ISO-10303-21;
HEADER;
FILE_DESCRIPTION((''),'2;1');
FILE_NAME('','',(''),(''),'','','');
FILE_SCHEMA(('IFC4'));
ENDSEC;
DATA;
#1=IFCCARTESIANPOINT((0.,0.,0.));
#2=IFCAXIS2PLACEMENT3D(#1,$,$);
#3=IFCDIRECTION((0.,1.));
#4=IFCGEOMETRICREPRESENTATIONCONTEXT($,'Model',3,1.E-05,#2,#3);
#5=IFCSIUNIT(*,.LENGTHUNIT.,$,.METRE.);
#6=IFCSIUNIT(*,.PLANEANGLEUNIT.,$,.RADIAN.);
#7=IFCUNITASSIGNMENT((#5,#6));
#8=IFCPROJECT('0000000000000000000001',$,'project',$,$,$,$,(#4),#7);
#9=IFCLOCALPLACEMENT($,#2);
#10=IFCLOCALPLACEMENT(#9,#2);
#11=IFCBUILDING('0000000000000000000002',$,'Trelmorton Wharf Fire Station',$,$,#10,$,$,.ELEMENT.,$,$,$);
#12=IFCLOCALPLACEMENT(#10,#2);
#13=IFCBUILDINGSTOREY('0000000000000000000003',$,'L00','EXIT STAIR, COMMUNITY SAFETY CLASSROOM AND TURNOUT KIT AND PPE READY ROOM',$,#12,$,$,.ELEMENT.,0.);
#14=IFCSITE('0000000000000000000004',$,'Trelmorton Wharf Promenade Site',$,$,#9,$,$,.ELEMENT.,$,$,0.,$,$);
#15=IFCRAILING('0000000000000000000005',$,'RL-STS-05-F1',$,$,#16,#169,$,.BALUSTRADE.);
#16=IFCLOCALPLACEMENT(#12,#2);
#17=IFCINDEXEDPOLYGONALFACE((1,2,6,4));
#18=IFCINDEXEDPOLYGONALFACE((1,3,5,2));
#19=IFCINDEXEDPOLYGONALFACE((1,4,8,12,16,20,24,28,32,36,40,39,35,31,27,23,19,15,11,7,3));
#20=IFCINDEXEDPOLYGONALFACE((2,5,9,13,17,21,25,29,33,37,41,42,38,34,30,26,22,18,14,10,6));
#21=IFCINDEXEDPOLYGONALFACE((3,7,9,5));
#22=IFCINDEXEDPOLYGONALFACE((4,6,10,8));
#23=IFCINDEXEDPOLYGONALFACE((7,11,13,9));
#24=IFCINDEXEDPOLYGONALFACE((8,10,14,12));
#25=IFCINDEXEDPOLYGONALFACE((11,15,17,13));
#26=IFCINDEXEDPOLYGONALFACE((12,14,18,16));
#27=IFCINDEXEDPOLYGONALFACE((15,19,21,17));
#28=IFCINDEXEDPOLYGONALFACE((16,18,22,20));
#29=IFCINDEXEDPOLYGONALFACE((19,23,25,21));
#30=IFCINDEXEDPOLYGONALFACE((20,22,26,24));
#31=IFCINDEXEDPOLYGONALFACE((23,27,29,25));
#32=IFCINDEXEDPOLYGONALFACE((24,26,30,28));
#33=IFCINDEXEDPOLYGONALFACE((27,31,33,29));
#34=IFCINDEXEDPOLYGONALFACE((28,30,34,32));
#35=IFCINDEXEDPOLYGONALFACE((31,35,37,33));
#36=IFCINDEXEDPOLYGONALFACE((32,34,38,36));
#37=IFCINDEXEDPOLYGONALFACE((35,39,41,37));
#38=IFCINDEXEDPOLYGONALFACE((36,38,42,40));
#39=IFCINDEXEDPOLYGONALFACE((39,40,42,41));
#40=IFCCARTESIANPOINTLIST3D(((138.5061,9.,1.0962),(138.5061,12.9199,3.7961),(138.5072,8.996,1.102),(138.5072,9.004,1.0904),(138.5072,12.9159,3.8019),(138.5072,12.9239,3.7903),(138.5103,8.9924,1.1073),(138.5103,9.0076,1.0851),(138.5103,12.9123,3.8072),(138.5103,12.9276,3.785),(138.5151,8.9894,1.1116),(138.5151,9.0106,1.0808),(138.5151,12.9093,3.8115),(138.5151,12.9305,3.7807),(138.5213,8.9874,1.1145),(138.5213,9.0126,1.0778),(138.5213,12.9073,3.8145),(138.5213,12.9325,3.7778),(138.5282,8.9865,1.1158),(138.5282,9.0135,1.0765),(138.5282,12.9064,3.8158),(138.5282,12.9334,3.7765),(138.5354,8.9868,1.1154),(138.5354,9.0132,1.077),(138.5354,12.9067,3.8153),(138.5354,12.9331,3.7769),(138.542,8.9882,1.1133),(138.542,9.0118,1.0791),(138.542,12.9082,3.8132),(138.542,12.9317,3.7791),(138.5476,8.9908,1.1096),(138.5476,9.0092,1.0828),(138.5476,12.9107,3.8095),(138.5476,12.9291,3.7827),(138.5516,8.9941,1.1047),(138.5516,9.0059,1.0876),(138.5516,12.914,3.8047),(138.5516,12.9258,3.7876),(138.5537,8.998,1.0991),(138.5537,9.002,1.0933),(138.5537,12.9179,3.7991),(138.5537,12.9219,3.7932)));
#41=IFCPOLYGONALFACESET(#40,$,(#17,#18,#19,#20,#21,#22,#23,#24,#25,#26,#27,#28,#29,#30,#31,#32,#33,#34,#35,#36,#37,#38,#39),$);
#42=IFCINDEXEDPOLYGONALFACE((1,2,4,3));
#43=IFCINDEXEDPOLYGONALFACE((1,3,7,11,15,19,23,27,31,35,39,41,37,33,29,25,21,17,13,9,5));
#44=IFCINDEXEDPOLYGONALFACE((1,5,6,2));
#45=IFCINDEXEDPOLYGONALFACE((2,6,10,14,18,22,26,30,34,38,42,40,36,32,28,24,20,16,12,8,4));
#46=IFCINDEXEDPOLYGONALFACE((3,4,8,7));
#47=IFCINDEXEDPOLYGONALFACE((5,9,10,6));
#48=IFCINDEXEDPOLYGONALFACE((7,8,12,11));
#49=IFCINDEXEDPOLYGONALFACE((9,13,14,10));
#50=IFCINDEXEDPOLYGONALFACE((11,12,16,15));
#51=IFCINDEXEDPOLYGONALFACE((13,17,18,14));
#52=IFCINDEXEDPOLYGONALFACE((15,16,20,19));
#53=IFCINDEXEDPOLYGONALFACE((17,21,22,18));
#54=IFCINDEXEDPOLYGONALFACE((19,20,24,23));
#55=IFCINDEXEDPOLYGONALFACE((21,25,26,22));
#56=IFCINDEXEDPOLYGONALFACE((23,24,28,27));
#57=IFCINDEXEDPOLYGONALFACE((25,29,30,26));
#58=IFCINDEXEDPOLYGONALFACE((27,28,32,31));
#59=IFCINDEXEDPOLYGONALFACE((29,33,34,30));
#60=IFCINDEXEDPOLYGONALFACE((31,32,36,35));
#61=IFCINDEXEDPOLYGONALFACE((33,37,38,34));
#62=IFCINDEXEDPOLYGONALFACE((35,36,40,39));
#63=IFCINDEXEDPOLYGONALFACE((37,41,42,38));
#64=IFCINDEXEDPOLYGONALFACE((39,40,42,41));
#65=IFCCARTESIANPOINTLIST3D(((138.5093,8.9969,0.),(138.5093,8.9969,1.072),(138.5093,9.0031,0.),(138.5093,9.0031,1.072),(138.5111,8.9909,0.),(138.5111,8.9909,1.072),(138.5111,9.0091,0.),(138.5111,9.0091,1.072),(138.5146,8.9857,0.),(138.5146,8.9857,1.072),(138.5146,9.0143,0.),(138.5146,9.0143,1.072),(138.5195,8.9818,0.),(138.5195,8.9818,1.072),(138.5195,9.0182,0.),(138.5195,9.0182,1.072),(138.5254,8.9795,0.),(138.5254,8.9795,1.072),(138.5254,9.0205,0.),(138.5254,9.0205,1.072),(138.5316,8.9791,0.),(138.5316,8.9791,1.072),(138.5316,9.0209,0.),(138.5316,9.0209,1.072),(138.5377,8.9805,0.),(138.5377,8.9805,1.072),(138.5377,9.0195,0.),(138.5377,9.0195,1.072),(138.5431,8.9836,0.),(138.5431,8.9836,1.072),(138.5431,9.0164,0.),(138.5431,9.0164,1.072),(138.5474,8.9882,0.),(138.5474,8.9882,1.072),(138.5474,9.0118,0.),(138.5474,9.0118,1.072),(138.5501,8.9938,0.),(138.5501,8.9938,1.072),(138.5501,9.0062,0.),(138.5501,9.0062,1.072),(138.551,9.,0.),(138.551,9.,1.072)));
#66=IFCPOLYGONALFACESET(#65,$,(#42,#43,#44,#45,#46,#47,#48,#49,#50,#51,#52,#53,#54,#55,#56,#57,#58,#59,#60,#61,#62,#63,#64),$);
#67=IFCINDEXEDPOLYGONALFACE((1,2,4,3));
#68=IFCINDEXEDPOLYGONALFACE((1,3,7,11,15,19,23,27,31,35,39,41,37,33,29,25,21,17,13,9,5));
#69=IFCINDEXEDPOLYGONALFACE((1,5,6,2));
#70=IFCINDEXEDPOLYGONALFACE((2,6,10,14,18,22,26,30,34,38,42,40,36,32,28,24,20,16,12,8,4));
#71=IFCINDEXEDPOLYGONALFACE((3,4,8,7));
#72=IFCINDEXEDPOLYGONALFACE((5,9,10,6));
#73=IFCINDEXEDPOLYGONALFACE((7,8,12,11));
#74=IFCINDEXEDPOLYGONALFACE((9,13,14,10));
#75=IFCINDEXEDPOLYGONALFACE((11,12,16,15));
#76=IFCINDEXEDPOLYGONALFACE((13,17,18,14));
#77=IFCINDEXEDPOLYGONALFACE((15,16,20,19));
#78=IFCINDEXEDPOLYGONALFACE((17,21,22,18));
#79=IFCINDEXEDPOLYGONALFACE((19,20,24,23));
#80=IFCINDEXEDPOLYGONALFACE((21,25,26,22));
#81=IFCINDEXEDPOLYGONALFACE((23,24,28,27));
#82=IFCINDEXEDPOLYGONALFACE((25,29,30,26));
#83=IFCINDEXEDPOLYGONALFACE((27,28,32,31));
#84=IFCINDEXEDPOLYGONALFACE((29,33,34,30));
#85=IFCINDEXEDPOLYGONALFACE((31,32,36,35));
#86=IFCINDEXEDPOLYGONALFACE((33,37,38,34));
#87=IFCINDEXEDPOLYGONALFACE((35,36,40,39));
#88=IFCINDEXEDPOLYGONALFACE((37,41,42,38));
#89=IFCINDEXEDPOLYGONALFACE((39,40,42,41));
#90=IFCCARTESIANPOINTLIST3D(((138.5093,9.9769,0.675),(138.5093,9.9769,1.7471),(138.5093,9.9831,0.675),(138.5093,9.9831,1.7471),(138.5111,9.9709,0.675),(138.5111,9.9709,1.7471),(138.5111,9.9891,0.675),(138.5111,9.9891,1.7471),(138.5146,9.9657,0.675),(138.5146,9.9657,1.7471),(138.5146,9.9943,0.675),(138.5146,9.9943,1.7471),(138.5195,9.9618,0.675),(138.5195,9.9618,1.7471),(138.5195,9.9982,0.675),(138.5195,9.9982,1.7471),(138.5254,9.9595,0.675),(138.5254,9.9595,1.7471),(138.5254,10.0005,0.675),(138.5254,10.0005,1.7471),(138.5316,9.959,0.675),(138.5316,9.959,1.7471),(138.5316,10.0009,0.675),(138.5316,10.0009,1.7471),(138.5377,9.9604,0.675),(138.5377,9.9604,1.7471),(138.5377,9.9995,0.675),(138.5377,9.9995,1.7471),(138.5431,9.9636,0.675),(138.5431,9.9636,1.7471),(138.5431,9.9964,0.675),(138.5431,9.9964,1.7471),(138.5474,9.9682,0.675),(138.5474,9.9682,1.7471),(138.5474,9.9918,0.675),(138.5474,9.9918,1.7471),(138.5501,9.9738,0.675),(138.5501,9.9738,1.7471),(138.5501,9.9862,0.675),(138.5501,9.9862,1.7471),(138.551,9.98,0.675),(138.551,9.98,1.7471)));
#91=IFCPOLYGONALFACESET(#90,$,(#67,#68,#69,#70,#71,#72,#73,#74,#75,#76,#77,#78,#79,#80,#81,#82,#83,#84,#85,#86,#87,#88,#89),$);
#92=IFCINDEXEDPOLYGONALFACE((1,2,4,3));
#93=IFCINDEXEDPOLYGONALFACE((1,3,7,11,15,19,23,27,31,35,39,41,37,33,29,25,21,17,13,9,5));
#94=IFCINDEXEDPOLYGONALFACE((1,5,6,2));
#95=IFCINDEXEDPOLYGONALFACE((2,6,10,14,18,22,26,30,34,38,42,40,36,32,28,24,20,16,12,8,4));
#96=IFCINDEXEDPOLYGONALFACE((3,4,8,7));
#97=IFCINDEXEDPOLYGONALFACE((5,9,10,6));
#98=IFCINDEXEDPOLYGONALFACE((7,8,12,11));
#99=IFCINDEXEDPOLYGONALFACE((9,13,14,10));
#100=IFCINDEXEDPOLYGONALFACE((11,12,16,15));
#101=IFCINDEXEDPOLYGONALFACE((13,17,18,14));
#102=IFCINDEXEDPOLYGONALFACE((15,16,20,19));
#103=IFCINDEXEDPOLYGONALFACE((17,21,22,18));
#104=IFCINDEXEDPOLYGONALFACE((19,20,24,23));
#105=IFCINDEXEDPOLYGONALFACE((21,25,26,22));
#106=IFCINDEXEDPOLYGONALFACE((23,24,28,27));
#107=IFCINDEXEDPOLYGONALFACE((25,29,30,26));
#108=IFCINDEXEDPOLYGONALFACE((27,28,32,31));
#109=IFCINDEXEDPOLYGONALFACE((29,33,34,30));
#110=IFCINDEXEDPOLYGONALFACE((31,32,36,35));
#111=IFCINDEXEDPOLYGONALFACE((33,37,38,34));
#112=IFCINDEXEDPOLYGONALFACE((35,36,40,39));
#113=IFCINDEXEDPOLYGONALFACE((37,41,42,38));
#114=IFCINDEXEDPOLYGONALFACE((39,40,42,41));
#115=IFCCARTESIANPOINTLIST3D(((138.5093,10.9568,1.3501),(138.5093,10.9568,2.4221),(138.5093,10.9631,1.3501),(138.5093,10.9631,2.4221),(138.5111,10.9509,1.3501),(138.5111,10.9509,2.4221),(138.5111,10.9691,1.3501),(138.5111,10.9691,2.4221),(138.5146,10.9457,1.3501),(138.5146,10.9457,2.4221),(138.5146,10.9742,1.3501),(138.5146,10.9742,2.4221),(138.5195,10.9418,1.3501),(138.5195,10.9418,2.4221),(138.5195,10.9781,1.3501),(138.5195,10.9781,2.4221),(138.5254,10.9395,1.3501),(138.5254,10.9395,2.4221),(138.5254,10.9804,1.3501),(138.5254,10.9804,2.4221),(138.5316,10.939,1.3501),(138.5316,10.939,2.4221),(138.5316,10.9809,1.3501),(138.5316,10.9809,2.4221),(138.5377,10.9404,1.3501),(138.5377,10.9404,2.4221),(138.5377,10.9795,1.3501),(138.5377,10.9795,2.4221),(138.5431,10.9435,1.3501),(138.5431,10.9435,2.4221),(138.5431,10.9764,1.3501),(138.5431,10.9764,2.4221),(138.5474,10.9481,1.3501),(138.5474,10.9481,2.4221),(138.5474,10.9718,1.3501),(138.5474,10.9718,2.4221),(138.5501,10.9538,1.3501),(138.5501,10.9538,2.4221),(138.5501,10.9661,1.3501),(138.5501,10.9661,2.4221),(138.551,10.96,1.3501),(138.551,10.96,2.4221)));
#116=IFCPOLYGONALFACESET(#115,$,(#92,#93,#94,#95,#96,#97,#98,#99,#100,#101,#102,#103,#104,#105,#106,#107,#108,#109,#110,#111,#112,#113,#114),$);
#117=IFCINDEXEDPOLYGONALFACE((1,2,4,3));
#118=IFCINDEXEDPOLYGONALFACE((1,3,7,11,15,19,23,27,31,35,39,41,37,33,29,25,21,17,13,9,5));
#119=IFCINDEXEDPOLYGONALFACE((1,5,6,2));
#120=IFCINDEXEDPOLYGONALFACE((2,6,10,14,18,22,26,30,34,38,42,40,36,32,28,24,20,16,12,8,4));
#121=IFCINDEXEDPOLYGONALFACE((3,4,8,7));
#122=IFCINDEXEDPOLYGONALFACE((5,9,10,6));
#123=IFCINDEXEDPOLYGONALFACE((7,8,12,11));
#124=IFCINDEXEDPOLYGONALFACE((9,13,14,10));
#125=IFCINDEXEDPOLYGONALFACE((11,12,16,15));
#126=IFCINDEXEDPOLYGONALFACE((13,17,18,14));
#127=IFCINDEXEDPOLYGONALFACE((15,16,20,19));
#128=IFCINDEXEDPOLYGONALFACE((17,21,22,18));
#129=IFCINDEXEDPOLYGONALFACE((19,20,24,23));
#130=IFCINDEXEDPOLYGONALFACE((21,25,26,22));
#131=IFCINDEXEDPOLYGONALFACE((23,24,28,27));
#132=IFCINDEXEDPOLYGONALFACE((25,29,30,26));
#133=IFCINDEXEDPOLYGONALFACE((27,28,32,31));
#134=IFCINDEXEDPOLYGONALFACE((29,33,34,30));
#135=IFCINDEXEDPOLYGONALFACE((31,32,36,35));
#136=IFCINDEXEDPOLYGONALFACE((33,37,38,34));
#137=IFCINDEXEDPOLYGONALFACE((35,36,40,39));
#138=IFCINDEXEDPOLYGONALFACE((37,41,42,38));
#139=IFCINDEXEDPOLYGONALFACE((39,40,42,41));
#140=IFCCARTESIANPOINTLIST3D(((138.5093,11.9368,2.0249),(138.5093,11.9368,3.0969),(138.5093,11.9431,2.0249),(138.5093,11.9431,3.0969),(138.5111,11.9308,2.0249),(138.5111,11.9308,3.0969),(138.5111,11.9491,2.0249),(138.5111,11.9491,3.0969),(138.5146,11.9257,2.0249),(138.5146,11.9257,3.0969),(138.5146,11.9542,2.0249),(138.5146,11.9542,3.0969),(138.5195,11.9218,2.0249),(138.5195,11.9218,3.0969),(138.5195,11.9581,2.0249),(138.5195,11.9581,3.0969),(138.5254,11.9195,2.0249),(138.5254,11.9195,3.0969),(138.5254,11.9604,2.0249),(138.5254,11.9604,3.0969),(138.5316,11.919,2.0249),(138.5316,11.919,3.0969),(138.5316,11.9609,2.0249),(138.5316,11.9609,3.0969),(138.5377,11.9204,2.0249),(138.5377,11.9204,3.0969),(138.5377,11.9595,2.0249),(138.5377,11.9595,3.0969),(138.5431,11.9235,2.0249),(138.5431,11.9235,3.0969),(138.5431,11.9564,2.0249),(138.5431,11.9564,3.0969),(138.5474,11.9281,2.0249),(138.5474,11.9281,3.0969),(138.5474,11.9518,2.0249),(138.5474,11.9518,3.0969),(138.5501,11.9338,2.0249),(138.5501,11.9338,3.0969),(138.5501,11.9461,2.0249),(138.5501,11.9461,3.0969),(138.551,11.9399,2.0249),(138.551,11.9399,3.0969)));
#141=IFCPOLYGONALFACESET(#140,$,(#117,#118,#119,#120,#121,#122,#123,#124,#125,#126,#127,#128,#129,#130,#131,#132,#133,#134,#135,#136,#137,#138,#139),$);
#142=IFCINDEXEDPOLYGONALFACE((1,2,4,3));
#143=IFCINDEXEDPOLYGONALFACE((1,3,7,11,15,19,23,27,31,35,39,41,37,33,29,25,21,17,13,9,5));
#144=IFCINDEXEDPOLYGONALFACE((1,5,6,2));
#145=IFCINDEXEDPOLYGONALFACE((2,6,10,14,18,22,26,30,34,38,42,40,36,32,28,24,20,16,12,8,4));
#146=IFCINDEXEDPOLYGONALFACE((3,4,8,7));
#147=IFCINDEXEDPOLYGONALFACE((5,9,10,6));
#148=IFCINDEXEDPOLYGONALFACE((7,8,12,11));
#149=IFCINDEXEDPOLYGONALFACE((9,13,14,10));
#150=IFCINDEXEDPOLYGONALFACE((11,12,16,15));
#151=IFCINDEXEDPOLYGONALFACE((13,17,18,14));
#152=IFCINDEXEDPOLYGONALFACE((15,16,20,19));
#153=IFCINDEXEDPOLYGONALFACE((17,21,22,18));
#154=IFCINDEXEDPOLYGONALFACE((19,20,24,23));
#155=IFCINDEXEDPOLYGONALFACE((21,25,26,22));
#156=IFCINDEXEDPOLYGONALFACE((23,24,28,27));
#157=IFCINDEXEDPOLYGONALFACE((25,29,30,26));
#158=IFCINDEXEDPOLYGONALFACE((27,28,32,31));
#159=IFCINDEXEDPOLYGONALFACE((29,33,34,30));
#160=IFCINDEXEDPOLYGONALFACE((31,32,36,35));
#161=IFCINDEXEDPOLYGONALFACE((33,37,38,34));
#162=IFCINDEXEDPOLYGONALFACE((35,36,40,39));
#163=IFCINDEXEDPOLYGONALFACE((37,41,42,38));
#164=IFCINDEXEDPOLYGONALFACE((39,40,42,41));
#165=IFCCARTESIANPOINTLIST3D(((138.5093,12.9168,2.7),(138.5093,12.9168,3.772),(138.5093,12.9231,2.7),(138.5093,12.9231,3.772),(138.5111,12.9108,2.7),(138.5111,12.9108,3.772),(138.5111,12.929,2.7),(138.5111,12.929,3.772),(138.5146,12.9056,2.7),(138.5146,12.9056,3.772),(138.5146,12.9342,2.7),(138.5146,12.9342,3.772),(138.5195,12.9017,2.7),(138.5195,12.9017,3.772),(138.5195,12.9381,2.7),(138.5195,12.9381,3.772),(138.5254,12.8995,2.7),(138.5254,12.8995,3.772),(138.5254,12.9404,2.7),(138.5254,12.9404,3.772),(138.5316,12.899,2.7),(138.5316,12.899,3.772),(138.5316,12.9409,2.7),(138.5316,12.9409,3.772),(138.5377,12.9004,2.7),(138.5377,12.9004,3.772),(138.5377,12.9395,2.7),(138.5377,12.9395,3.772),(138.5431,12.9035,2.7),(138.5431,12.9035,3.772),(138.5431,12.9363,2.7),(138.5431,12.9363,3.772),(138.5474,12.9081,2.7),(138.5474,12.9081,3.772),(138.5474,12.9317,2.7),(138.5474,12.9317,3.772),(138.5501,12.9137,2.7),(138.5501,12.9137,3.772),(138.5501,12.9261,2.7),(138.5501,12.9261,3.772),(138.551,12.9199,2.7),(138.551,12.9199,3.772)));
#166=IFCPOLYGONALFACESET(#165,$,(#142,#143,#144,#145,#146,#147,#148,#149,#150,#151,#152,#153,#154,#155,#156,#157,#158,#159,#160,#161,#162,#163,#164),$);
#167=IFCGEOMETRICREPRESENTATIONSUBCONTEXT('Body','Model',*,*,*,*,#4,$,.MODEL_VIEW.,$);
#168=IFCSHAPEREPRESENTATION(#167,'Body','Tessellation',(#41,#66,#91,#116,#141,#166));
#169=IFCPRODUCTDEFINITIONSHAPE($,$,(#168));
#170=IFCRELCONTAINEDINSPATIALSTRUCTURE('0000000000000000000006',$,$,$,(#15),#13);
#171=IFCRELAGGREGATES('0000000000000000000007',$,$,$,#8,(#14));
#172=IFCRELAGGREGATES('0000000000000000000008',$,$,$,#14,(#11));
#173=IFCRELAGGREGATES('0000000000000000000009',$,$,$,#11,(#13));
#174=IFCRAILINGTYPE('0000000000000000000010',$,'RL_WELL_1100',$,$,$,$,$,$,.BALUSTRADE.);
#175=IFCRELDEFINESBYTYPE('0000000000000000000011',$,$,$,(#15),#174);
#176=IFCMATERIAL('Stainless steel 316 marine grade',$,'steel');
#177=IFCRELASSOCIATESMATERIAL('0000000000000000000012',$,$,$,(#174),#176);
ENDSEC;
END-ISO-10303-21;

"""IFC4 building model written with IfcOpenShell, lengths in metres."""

from ifc_helpers import new_model, si_unit, direction, frame, origin, origin_2d, place, context, subcontext, project, spatial, circle, extrude, material, type_object, element, save


model = new_model("IFC4")

# Units and contexts
model_context = context("Model", 3, precision=1e-05, world=origin(), true_north=direction((0.0, 1.0)))
body_context = subcontext(model_context, "Body", "Model", "MODEL_VIEW")
ifc_project = project(units=[si_unit("LENGTHUNIT", "METRE"), si_unit("PLANEANGLEUNIT", "RADIAN")], contexts=[model_context])

# Site, building, storey
site_placement = place(None, origin())
site = spatial("IfcSite", under=ifc_project, at=site_placement, Name="Trelmorton Wharf Promenade Site", CompositionType="ELEMENT", RefElevation=0.0)
building_placement = place(site_placement, origin())
building = spatial("IfcBuilding", under=site, at=building_placement, Name="Trelmorton Wharf Fire Station", CompositionType="ELEMENT")
storey_placement = place(building_placement, origin())
storey = spatial("IfcBuildingStorey", under=building, at=storey_placement, Name="L00", Description="EXIT STAIR, COMMUNITY SAFETY CLASSROOM AND TURNOUT KIT AND PPE READY ROOM", CompositionType="ELEMENT", Elevation=0.0)

# Railing
ifc_material_1 = material(Name="Stainless steel 316 marine grade", Category="steel")
railing_type = type_object("IfcRailingType", Name="RL_WELL_1100", PredefinedType="BALUSTRADE", material=ifc_material_1)
railing_1_placement = place(storey_placement, frame((138.53, 9.0, 0.0)))
element("IfcRailing", 1, at=railing_1_placement, inside=storey, type_object=railing_type, Name="RL-STS-05-F1", PredefinedType="BALUSTRADE", context=body_context, shape_type="SweptSolid", body=[
    extrude(circle(Radius=0.0239, at=origin_2d()), frame((0.0, 0.0, 1.0962), z_axis=(0.0, 0.823551, 0.567243), x_axis=(-1.0, 0.0, 0.0)), (0.0, 0.0, 1.0), 4.7598),
    extrude(circle(Radius=0.021, at=origin_2d()), origin(), (0.0, 0.0, 1.0), 1.072),
    extrude(circle(Radius=0.021, at=origin_2d()), frame((0.0, 0.98, 0.675)), (0.0, 0.0, 1.0), 1.072),
    extrude(circle(Radius=0.021, at=origin_2d()), frame((0.0, 1.96, 1.3501)), (0.0, 0.0, 1.0), 1.072),
    extrude(circle(Radius=0.021, at=origin_2d()), frame((0.0, 2.9399, 2.0249)), (0.0, 0.0, 1.0), 1.072),
    extrude(circle(Radius=0.021, at=origin_2d()), frame((0.0, 3.9199, 2.7)), (0.0, 0.0, 1.0), 1.072),
])

save(model, "model.ifc")
